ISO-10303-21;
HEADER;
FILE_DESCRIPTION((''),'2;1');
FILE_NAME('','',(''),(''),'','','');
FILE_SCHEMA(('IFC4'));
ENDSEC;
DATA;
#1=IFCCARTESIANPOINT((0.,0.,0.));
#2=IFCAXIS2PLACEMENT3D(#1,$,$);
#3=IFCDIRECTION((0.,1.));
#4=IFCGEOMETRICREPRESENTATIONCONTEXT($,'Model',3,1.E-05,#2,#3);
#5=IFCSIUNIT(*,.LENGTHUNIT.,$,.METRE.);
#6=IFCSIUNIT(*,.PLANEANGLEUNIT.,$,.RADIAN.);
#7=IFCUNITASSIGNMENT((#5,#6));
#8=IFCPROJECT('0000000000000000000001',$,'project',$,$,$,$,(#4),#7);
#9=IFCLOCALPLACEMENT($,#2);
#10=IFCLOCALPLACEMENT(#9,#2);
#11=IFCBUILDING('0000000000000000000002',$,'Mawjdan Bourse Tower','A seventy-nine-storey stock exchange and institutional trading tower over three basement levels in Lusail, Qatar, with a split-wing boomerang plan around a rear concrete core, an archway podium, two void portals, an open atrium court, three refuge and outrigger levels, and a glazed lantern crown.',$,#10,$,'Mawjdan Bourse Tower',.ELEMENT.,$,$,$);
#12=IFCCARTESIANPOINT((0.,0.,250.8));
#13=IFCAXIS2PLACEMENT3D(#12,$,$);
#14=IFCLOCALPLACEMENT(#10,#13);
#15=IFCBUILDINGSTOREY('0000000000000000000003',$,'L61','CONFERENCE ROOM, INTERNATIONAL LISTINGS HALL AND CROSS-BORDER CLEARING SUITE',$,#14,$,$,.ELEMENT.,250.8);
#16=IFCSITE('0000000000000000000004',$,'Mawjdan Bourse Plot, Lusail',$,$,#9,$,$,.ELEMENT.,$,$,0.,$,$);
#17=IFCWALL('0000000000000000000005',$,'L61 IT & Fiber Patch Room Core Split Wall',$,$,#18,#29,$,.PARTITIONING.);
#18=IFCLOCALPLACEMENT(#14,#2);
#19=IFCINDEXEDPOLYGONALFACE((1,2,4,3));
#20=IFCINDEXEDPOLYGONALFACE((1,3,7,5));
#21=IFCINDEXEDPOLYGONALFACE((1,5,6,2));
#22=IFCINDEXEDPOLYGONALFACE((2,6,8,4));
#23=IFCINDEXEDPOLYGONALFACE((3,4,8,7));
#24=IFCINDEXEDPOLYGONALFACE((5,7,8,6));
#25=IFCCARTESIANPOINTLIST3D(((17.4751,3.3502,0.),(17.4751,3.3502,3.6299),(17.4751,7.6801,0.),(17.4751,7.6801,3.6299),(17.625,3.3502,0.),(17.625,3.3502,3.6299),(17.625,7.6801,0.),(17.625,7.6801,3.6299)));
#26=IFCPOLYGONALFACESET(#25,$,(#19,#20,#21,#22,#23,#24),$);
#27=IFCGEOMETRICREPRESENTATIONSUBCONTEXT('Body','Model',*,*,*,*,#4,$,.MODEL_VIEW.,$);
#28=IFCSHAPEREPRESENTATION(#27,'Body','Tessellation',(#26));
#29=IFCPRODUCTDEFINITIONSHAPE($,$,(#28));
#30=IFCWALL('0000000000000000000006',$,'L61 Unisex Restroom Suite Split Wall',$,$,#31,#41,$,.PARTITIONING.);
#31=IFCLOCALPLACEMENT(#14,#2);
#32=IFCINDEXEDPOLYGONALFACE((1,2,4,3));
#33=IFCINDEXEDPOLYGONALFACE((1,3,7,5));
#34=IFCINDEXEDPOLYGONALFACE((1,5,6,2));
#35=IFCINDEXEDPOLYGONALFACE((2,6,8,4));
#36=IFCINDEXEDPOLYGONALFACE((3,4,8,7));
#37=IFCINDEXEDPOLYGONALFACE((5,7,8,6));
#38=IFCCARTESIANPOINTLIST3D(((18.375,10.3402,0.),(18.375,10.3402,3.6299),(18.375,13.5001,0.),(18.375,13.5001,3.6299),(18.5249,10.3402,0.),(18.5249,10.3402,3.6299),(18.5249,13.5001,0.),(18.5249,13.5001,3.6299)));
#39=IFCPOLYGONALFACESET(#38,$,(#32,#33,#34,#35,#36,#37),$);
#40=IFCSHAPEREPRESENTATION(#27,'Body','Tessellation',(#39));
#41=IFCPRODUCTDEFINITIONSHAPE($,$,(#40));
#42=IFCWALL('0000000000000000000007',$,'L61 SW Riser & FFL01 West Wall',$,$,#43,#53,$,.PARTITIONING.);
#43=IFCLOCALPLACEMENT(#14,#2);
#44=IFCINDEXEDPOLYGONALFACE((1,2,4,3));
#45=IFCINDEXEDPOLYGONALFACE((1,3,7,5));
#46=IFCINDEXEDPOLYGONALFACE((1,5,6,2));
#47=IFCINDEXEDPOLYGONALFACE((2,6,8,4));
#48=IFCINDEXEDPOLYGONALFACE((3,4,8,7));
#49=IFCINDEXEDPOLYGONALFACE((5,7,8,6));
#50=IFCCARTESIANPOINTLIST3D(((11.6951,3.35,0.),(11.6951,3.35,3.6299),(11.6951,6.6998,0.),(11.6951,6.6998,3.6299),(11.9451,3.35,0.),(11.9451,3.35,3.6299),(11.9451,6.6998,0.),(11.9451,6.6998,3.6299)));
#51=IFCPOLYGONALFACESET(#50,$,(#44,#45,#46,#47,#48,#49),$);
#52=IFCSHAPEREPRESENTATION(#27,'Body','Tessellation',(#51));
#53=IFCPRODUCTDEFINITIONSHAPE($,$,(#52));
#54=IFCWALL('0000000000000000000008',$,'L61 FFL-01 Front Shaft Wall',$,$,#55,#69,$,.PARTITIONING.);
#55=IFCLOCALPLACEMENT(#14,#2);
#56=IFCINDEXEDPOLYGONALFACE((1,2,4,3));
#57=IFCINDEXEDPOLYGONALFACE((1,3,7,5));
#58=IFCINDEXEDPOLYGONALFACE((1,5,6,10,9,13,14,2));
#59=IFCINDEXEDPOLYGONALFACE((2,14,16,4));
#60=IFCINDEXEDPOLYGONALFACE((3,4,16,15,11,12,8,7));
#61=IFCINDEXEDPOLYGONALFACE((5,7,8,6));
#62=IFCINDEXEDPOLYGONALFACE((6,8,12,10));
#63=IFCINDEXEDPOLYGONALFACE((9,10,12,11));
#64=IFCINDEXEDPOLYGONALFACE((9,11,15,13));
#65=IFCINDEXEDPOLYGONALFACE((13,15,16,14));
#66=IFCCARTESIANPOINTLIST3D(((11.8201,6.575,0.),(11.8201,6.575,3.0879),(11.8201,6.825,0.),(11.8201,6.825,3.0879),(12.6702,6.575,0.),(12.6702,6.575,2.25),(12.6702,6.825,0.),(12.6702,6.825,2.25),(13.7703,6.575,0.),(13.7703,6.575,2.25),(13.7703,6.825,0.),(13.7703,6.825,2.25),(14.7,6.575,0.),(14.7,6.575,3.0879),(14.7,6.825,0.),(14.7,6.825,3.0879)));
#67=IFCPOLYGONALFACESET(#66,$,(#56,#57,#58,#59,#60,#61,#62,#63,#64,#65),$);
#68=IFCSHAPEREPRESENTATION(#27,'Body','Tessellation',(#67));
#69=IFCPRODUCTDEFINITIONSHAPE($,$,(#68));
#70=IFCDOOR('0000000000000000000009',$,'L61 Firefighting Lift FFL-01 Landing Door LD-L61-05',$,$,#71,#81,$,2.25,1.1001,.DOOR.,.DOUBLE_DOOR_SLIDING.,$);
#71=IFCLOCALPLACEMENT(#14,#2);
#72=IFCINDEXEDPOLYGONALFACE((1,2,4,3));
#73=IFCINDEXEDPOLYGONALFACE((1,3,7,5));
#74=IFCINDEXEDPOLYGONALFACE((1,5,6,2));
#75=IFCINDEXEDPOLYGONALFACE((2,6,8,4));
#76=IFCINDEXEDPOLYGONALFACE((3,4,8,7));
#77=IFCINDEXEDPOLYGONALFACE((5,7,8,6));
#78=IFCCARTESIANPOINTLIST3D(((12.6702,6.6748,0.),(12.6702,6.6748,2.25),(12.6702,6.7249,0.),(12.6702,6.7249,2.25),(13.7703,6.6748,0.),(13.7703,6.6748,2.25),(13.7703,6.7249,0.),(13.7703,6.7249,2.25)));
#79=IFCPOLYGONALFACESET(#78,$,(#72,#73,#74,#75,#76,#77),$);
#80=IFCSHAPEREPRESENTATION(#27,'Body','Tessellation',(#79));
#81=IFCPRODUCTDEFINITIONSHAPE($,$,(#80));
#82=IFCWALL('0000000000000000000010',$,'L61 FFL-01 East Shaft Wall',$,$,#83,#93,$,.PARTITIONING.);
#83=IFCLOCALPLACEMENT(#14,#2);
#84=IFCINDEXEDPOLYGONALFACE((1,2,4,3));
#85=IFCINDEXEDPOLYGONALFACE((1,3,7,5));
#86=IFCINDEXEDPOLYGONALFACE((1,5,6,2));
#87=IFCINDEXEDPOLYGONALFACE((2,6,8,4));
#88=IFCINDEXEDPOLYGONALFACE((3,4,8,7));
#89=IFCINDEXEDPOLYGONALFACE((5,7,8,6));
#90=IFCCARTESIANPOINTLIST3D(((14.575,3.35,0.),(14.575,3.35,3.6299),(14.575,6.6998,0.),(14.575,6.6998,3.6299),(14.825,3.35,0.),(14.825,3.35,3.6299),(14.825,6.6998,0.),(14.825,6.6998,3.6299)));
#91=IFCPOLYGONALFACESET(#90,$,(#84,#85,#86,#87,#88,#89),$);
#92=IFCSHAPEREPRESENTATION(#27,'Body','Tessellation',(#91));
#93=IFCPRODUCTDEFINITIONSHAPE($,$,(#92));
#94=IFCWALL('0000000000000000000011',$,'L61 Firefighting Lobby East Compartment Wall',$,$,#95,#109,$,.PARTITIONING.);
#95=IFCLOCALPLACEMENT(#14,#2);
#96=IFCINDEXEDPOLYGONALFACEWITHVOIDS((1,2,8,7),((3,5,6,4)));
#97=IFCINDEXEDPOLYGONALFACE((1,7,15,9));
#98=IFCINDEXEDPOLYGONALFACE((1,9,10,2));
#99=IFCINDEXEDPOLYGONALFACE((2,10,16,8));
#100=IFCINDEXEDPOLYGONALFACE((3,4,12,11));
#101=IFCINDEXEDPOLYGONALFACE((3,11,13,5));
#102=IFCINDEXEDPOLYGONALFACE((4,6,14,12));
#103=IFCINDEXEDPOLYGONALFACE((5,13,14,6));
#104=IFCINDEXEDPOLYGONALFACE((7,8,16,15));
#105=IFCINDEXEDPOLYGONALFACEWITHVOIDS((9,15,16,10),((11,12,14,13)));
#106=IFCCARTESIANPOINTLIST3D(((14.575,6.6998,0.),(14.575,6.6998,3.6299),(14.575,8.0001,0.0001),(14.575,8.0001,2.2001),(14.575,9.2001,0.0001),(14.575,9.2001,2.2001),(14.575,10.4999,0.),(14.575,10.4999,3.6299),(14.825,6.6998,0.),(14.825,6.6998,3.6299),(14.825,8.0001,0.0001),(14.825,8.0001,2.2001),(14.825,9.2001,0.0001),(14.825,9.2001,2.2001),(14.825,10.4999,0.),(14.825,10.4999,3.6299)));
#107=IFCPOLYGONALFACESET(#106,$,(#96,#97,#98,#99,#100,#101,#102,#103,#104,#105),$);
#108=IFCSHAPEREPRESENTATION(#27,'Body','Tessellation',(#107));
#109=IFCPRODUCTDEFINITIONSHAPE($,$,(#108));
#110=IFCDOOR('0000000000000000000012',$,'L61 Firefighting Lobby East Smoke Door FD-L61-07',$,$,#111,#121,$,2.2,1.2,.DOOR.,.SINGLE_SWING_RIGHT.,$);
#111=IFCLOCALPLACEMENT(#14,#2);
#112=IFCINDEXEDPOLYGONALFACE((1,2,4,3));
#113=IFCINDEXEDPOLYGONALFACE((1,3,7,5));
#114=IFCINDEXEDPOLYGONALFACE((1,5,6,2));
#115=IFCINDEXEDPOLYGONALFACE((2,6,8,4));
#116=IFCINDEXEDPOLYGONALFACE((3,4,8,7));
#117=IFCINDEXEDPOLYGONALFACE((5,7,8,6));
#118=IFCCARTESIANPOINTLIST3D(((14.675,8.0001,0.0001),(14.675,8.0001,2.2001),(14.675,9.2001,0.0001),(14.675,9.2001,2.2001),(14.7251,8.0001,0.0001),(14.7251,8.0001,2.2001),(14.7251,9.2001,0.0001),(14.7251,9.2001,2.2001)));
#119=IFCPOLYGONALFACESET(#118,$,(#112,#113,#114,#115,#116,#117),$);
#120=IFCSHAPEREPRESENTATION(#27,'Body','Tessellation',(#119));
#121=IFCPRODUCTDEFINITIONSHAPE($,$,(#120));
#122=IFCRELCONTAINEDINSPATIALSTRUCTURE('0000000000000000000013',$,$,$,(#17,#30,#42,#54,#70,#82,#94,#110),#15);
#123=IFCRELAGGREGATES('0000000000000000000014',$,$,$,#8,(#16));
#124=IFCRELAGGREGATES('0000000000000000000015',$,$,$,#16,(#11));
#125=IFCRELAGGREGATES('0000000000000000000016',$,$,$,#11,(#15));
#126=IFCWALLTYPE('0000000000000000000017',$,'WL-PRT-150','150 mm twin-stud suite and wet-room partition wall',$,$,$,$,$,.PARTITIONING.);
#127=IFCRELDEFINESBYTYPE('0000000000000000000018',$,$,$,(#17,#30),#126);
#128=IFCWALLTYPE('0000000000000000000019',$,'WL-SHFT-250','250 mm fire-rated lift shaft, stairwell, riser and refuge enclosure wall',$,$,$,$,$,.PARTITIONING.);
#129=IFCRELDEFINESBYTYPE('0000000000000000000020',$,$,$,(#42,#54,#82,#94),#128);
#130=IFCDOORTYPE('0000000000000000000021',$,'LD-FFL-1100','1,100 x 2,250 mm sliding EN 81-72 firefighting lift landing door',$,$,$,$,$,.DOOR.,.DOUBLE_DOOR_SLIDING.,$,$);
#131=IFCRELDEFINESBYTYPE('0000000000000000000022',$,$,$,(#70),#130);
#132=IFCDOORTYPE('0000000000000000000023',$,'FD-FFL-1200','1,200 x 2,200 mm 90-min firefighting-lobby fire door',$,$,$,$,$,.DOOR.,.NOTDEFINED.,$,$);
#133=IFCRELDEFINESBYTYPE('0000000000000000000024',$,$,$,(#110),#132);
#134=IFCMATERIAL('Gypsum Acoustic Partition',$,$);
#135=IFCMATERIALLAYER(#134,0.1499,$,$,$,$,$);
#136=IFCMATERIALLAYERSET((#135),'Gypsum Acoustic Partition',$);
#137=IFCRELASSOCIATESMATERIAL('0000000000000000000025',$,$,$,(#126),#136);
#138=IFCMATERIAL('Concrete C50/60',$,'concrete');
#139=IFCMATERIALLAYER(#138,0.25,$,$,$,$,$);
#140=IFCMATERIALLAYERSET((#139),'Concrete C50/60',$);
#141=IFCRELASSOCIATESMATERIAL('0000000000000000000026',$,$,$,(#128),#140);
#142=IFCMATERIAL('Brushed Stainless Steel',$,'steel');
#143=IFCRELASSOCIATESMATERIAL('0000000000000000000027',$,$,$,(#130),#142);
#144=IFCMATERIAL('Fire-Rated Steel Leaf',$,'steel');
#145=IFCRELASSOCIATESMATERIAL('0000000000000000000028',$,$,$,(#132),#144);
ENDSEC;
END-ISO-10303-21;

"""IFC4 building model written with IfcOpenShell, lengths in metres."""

from ifc_helpers import new_model, si_unit, direction, frame, frame_2d, origin, place, context, subcontext, project, spatial, rectangle, extrude, material, layer, layer_set, type_object, element, fill, save


model = new_model("IFC4")

# Units and contexts
model_context = context("Model", 3, precision=1e-05, world=origin(), true_north=direction((0.0, 1.0)))
body_context = subcontext(model_context, "Body", "Model", "MODEL_VIEW")
ifc_project = project(units=[si_unit("LENGTHUNIT", "METRE"), si_unit("PLANEANGLEUNIT", "RADIAN")], contexts=[model_context])

# Site, building, storey
site_placement = place(None, origin())
site = spatial("IfcSite", under=ifc_project, at=site_placement, Name="Mawjdan Bourse Plot, Lusail", CompositionType="ELEMENT", RefElevation=0.0)
building_placement = place(site_placement, origin())
building = spatial("IfcBuilding", under=site, at=building_placement, Name="Mawjdan Bourse Tower", Description="A seventy-nine-storey stock exchange and institutional trading tower over three basement levels in Lusail, Qatar, with a split-wing boomerang plan around a rear concrete core, an archway podium, two void portals, an open atrium court, three refuge and outrigger levels, and a glazed lantern crown.", LongName="Mawjdan Bourse Tower", CompositionType="ELEMENT")
storey_placement = place(building_placement, frame((0.0, 0.0, 250.8)))
storey = spatial("IfcBuildingStorey", under=building, at=storey_placement, Name="L61", Description="CONFERENCE ROOM, INTERNATIONAL LISTINGS HALL AND CROSS-BORDER CLEARING SUITE", CompositionType="ELEMENT", Elevation=250.8)

# Walls
ifc_material_1 = material(Name="Gypsum Acoustic Partition")
ifc_layer_1 = layer(ifc_material_1, 0.1499)
ifc_layer_set_1 = layer_set([ifc_layer_1], Name="Gypsum Acoustic Partition")
wall_type_1 = type_object("IfcWallType", Name="WL-PRT-150", Description="150 mm twin-stud suite and wet-room partition wall", PredefinedType="PARTITIONING", material=ifc_layer_set_1)
wall_1_placement = place(storey_placement, frame((17.55, 3.3501, 0.0), z_axis=(0.0, 0.0, 1.0), x_axis=(0.0, 1.0, 0.0)))
element("IfcWall", 1, at=wall_1_placement, inside=storey, type_object=wall_type_1, Name="L61 IT & Fiber Patch Room Core Split Wall", PredefinedType="PARTITIONING", context=body_context, shape_type="SweptSolid", body=[
    extrude(rectangle(XDim=4.3298, YDim=0.1499, at=frame_2d((2.165, 0.0))), origin(), (0.0, 0.0, 1.0), 3.6299),
])
wall_2_placement = place(storey_placement, frame((18.45, 10.3401, 0.0), z_axis=(0.0, 0.0, 1.0), x_axis=(0.0, 1.0, 0.0)))
element("IfcWall", 2, at=wall_2_placement, inside=storey, type_object=wall_type_1, Name="L61 Unisex Restroom Suite Split Wall", PredefinedType="PARTITIONING", context=body_context, shape_type="SweptSolid", body=[
    extrude(rectangle(XDim=3.1599, YDim=0.1499, at=frame_2d((1.5801, 0.0))), origin(), (0.0, 0.0, 1.0), 3.6299),
])
ifc_material_2 = material(Name="Concrete C50/60", Category="concrete")
ifc_layer_2 = layer(ifc_material_2, 0.25)
ifc_layer_set_2 = layer_set([ifc_layer_2], Name="Concrete C50/60")
wall_type_2 = type_object("IfcWallType", Name="WL-SHFT-250", Description="250 mm fire-rated lift shaft, stairwell, riser and refuge enclosure wall", PredefinedType="PARTITIONING", material=ifc_layer_set_2)
wall_3_placement = place(storey_placement, frame((11.8201, 3.3501, 0.0), z_axis=(0.0, 0.0, 1.0), x_axis=(0.0, 1.0, 0.0)))
element("IfcWall", 3, at=wall_3_placement, inside=storey, type_object=wall_type_2, Name="L61 SW Riser & FFL01 West Wall", PredefinedType="PARTITIONING", context=body_context, shape_type="SweptSolid", body=[
    extrude(rectangle(XDim=3.3499, YDim=0.25, at=frame_2d((1.6748, 0.0))), origin(), (0.0, 0.0, 1.0), 3.6299),
])

# Wall, opening, door
wall_4_placement = place(storey_placement, frame((11.8201, 6.7, 0.0), z_axis=(0.0, 0.0, 1.0), x_axis=(1.0, 0.0, 0.0)))
wall_4 = element("IfcWall", 4, at=wall_4_placement, inside=storey, type_object=wall_type_2, Name="L61 FFL-01 Front Shaft Wall", PredefinedType="PARTITIONING", context=body_context, shape_type="SweptSolid", body=[
    extrude(rectangle(XDim=2.8799, YDim=0.25, at=frame_2d((1.4399, 0.0))), origin(), (0.0, 0.0, 1.0), 3.0879),
])
opening_1_placement = place(wall_4_placement, frame((0.8501, 0.0, 0.0)))
opening_1 = element("IfcOpeningElement", 5, at=opening_1_placement, cuts=wall_4, PredefinedType="OPENING", context=body_context, shape_type="SweptSolid", body=[
    extrude(rectangle(XDim=1.1001, YDim=2.25, at=frame_2d((0.55, 1.125))), frame((0.0, 0.135, 0.0), z_axis=(0.0, -1.0, 0.0), x_axis=(1.0, 0.0, 0.0)), (0.0, 0.0, 1.0), 0.27),
])
ifc_material_3 = material(Name="Brushed Stainless Steel", Category="steel")
door_type_1 = type_object("IfcDoorType", Name="LD-FFL-1100", Description="1,100 x 2,250 mm sliding EN 81-72 firefighting lift landing door", OperationType="DOUBLE_DOOR_SLIDING", PredefinedType="DOOR", material=ifc_material_3)
door_1_placement = place(opening_1_placement, origin())
door_1 = element("IfcDoor", 6, at=door_1_placement, inside=storey, type_object=door_type_1, Name="L61 Firefighting Lift FFL-01 Landing Door LD-L61-05", OperationType="DOUBLE_DOOR_SLIDING", OverallHeight=2.25, OverallWidth=1.1001, PredefinedType="DOOR", context=body_context, shape_type="SweptSolid", body=[
    extrude(rectangle(XDim=1.1001, YDim=2.25, at=frame_2d((0.55, 1.125))), frame((0.0, 0.0249, 0.0), z_axis=(0.0, -1.0, 0.0), x_axis=(1.0, 0.0, 0.0)), (0.0, 0.0, 1.0), 0.05),
])
fill(opening_1, door_1)

# Wall
wall_5_placement = place(storey_placement, frame((14.7, 3.3501, 0.0), z_axis=(0.0, 0.0, 1.0), x_axis=(0.0, 1.0, 0.0)))
element("IfcWall", 7, at=wall_5_placement, inside=storey, type_object=wall_type_2, Name="L61 FFL-01 East Shaft Wall", PredefinedType="PARTITIONING", context=body_context, shape_type="SweptSolid", body=[
    extrude(rectangle(XDim=3.3499, YDim=0.25, at=frame_2d((1.6748, 0.0))), origin(), (0.0, 0.0, 1.0), 3.6299),
])

# Wall, opening, door
wall_6_placement = place(storey_placement, frame((14.7, 6.7, 0.0), z_axis=(0.0, 0.0, 1.0), x_axis=(0.0, 1.0, 0.0)))
wall_6 = element("IfcWall", 8, at=wall_6_placement, inside=storey, type_object=wall_type_2, Name="L61 Firefighting Lobby East Compartment Wall", PredefinedType="PARTITIONING", context=body_context, shape_type="SweptSolid", body=[
    extrude(rectangle(XDim=3.8, YDim=0.25, at=frame_2d((1.8999, 0.0))), origin(), (0.0, 0.0, 1.0), 3.6299),
])
opening_2_placement = place(wall_6_placement, frame((1.3, 0.0, 0.0)))
opening_2 = element("IfcOpeningElement", 9, at=opening_2_placement, cuts=wall_6, PredefinedType="OPENING", context=body_context, shape_type="SweptSolid", body=[
    extrude(rectangle(XDim=1.2, YDim=2.2, at=frame_2d((0.6001, 1.1001))), frame((0.0, 0.135, 0.0), z_axis=(0.0, -1.0, 0.0), x_axis=(1.0, 0.0, 0.0)), (0.0, 0.0, 1.0), 0.27),
])
ifc_material_4 = material(Name="Fire-Rated Steel Leaf", Category="steel")
door_type_2 = type_object("IfcDoorType", Name="FD-FFL-1200", Description="1,200 x 2,200 mm 90-min firefighting-lobby fire door", OperationType="NOTDEFINED", PredefinedType="DOOR", material=ifc_material_4)
door_2_placement = place(opening_2_placement, origin())
door_2 = element("IfcDoor", 10, at=door_2_placement, inside=storey, type_object=door_type_2, Name="L61 Firefighting Lobby East Smoke Door FD-L61-07", OperationType="SINGLE_SWING_RIGHT", OverallHeight=2.2, OverallWidth=1.2, PredefinedType="DOOR", context=body_context, shape_type="SweptSolid", body=[
    extrude(rectangle(XDim=1.2, YDim=2.2, at=frame_2d((0.6001, 1.1001))), frame((0.0, 0.0249, 0.0), z_axis=(0.0, -1.0, 0.0), x_axis=(1.0, 0.0, 0.0)), (0.0, 0.0, 1.0), 0.05),
])
fill(opening_2, door_2)

save(model, "model.ifc")
